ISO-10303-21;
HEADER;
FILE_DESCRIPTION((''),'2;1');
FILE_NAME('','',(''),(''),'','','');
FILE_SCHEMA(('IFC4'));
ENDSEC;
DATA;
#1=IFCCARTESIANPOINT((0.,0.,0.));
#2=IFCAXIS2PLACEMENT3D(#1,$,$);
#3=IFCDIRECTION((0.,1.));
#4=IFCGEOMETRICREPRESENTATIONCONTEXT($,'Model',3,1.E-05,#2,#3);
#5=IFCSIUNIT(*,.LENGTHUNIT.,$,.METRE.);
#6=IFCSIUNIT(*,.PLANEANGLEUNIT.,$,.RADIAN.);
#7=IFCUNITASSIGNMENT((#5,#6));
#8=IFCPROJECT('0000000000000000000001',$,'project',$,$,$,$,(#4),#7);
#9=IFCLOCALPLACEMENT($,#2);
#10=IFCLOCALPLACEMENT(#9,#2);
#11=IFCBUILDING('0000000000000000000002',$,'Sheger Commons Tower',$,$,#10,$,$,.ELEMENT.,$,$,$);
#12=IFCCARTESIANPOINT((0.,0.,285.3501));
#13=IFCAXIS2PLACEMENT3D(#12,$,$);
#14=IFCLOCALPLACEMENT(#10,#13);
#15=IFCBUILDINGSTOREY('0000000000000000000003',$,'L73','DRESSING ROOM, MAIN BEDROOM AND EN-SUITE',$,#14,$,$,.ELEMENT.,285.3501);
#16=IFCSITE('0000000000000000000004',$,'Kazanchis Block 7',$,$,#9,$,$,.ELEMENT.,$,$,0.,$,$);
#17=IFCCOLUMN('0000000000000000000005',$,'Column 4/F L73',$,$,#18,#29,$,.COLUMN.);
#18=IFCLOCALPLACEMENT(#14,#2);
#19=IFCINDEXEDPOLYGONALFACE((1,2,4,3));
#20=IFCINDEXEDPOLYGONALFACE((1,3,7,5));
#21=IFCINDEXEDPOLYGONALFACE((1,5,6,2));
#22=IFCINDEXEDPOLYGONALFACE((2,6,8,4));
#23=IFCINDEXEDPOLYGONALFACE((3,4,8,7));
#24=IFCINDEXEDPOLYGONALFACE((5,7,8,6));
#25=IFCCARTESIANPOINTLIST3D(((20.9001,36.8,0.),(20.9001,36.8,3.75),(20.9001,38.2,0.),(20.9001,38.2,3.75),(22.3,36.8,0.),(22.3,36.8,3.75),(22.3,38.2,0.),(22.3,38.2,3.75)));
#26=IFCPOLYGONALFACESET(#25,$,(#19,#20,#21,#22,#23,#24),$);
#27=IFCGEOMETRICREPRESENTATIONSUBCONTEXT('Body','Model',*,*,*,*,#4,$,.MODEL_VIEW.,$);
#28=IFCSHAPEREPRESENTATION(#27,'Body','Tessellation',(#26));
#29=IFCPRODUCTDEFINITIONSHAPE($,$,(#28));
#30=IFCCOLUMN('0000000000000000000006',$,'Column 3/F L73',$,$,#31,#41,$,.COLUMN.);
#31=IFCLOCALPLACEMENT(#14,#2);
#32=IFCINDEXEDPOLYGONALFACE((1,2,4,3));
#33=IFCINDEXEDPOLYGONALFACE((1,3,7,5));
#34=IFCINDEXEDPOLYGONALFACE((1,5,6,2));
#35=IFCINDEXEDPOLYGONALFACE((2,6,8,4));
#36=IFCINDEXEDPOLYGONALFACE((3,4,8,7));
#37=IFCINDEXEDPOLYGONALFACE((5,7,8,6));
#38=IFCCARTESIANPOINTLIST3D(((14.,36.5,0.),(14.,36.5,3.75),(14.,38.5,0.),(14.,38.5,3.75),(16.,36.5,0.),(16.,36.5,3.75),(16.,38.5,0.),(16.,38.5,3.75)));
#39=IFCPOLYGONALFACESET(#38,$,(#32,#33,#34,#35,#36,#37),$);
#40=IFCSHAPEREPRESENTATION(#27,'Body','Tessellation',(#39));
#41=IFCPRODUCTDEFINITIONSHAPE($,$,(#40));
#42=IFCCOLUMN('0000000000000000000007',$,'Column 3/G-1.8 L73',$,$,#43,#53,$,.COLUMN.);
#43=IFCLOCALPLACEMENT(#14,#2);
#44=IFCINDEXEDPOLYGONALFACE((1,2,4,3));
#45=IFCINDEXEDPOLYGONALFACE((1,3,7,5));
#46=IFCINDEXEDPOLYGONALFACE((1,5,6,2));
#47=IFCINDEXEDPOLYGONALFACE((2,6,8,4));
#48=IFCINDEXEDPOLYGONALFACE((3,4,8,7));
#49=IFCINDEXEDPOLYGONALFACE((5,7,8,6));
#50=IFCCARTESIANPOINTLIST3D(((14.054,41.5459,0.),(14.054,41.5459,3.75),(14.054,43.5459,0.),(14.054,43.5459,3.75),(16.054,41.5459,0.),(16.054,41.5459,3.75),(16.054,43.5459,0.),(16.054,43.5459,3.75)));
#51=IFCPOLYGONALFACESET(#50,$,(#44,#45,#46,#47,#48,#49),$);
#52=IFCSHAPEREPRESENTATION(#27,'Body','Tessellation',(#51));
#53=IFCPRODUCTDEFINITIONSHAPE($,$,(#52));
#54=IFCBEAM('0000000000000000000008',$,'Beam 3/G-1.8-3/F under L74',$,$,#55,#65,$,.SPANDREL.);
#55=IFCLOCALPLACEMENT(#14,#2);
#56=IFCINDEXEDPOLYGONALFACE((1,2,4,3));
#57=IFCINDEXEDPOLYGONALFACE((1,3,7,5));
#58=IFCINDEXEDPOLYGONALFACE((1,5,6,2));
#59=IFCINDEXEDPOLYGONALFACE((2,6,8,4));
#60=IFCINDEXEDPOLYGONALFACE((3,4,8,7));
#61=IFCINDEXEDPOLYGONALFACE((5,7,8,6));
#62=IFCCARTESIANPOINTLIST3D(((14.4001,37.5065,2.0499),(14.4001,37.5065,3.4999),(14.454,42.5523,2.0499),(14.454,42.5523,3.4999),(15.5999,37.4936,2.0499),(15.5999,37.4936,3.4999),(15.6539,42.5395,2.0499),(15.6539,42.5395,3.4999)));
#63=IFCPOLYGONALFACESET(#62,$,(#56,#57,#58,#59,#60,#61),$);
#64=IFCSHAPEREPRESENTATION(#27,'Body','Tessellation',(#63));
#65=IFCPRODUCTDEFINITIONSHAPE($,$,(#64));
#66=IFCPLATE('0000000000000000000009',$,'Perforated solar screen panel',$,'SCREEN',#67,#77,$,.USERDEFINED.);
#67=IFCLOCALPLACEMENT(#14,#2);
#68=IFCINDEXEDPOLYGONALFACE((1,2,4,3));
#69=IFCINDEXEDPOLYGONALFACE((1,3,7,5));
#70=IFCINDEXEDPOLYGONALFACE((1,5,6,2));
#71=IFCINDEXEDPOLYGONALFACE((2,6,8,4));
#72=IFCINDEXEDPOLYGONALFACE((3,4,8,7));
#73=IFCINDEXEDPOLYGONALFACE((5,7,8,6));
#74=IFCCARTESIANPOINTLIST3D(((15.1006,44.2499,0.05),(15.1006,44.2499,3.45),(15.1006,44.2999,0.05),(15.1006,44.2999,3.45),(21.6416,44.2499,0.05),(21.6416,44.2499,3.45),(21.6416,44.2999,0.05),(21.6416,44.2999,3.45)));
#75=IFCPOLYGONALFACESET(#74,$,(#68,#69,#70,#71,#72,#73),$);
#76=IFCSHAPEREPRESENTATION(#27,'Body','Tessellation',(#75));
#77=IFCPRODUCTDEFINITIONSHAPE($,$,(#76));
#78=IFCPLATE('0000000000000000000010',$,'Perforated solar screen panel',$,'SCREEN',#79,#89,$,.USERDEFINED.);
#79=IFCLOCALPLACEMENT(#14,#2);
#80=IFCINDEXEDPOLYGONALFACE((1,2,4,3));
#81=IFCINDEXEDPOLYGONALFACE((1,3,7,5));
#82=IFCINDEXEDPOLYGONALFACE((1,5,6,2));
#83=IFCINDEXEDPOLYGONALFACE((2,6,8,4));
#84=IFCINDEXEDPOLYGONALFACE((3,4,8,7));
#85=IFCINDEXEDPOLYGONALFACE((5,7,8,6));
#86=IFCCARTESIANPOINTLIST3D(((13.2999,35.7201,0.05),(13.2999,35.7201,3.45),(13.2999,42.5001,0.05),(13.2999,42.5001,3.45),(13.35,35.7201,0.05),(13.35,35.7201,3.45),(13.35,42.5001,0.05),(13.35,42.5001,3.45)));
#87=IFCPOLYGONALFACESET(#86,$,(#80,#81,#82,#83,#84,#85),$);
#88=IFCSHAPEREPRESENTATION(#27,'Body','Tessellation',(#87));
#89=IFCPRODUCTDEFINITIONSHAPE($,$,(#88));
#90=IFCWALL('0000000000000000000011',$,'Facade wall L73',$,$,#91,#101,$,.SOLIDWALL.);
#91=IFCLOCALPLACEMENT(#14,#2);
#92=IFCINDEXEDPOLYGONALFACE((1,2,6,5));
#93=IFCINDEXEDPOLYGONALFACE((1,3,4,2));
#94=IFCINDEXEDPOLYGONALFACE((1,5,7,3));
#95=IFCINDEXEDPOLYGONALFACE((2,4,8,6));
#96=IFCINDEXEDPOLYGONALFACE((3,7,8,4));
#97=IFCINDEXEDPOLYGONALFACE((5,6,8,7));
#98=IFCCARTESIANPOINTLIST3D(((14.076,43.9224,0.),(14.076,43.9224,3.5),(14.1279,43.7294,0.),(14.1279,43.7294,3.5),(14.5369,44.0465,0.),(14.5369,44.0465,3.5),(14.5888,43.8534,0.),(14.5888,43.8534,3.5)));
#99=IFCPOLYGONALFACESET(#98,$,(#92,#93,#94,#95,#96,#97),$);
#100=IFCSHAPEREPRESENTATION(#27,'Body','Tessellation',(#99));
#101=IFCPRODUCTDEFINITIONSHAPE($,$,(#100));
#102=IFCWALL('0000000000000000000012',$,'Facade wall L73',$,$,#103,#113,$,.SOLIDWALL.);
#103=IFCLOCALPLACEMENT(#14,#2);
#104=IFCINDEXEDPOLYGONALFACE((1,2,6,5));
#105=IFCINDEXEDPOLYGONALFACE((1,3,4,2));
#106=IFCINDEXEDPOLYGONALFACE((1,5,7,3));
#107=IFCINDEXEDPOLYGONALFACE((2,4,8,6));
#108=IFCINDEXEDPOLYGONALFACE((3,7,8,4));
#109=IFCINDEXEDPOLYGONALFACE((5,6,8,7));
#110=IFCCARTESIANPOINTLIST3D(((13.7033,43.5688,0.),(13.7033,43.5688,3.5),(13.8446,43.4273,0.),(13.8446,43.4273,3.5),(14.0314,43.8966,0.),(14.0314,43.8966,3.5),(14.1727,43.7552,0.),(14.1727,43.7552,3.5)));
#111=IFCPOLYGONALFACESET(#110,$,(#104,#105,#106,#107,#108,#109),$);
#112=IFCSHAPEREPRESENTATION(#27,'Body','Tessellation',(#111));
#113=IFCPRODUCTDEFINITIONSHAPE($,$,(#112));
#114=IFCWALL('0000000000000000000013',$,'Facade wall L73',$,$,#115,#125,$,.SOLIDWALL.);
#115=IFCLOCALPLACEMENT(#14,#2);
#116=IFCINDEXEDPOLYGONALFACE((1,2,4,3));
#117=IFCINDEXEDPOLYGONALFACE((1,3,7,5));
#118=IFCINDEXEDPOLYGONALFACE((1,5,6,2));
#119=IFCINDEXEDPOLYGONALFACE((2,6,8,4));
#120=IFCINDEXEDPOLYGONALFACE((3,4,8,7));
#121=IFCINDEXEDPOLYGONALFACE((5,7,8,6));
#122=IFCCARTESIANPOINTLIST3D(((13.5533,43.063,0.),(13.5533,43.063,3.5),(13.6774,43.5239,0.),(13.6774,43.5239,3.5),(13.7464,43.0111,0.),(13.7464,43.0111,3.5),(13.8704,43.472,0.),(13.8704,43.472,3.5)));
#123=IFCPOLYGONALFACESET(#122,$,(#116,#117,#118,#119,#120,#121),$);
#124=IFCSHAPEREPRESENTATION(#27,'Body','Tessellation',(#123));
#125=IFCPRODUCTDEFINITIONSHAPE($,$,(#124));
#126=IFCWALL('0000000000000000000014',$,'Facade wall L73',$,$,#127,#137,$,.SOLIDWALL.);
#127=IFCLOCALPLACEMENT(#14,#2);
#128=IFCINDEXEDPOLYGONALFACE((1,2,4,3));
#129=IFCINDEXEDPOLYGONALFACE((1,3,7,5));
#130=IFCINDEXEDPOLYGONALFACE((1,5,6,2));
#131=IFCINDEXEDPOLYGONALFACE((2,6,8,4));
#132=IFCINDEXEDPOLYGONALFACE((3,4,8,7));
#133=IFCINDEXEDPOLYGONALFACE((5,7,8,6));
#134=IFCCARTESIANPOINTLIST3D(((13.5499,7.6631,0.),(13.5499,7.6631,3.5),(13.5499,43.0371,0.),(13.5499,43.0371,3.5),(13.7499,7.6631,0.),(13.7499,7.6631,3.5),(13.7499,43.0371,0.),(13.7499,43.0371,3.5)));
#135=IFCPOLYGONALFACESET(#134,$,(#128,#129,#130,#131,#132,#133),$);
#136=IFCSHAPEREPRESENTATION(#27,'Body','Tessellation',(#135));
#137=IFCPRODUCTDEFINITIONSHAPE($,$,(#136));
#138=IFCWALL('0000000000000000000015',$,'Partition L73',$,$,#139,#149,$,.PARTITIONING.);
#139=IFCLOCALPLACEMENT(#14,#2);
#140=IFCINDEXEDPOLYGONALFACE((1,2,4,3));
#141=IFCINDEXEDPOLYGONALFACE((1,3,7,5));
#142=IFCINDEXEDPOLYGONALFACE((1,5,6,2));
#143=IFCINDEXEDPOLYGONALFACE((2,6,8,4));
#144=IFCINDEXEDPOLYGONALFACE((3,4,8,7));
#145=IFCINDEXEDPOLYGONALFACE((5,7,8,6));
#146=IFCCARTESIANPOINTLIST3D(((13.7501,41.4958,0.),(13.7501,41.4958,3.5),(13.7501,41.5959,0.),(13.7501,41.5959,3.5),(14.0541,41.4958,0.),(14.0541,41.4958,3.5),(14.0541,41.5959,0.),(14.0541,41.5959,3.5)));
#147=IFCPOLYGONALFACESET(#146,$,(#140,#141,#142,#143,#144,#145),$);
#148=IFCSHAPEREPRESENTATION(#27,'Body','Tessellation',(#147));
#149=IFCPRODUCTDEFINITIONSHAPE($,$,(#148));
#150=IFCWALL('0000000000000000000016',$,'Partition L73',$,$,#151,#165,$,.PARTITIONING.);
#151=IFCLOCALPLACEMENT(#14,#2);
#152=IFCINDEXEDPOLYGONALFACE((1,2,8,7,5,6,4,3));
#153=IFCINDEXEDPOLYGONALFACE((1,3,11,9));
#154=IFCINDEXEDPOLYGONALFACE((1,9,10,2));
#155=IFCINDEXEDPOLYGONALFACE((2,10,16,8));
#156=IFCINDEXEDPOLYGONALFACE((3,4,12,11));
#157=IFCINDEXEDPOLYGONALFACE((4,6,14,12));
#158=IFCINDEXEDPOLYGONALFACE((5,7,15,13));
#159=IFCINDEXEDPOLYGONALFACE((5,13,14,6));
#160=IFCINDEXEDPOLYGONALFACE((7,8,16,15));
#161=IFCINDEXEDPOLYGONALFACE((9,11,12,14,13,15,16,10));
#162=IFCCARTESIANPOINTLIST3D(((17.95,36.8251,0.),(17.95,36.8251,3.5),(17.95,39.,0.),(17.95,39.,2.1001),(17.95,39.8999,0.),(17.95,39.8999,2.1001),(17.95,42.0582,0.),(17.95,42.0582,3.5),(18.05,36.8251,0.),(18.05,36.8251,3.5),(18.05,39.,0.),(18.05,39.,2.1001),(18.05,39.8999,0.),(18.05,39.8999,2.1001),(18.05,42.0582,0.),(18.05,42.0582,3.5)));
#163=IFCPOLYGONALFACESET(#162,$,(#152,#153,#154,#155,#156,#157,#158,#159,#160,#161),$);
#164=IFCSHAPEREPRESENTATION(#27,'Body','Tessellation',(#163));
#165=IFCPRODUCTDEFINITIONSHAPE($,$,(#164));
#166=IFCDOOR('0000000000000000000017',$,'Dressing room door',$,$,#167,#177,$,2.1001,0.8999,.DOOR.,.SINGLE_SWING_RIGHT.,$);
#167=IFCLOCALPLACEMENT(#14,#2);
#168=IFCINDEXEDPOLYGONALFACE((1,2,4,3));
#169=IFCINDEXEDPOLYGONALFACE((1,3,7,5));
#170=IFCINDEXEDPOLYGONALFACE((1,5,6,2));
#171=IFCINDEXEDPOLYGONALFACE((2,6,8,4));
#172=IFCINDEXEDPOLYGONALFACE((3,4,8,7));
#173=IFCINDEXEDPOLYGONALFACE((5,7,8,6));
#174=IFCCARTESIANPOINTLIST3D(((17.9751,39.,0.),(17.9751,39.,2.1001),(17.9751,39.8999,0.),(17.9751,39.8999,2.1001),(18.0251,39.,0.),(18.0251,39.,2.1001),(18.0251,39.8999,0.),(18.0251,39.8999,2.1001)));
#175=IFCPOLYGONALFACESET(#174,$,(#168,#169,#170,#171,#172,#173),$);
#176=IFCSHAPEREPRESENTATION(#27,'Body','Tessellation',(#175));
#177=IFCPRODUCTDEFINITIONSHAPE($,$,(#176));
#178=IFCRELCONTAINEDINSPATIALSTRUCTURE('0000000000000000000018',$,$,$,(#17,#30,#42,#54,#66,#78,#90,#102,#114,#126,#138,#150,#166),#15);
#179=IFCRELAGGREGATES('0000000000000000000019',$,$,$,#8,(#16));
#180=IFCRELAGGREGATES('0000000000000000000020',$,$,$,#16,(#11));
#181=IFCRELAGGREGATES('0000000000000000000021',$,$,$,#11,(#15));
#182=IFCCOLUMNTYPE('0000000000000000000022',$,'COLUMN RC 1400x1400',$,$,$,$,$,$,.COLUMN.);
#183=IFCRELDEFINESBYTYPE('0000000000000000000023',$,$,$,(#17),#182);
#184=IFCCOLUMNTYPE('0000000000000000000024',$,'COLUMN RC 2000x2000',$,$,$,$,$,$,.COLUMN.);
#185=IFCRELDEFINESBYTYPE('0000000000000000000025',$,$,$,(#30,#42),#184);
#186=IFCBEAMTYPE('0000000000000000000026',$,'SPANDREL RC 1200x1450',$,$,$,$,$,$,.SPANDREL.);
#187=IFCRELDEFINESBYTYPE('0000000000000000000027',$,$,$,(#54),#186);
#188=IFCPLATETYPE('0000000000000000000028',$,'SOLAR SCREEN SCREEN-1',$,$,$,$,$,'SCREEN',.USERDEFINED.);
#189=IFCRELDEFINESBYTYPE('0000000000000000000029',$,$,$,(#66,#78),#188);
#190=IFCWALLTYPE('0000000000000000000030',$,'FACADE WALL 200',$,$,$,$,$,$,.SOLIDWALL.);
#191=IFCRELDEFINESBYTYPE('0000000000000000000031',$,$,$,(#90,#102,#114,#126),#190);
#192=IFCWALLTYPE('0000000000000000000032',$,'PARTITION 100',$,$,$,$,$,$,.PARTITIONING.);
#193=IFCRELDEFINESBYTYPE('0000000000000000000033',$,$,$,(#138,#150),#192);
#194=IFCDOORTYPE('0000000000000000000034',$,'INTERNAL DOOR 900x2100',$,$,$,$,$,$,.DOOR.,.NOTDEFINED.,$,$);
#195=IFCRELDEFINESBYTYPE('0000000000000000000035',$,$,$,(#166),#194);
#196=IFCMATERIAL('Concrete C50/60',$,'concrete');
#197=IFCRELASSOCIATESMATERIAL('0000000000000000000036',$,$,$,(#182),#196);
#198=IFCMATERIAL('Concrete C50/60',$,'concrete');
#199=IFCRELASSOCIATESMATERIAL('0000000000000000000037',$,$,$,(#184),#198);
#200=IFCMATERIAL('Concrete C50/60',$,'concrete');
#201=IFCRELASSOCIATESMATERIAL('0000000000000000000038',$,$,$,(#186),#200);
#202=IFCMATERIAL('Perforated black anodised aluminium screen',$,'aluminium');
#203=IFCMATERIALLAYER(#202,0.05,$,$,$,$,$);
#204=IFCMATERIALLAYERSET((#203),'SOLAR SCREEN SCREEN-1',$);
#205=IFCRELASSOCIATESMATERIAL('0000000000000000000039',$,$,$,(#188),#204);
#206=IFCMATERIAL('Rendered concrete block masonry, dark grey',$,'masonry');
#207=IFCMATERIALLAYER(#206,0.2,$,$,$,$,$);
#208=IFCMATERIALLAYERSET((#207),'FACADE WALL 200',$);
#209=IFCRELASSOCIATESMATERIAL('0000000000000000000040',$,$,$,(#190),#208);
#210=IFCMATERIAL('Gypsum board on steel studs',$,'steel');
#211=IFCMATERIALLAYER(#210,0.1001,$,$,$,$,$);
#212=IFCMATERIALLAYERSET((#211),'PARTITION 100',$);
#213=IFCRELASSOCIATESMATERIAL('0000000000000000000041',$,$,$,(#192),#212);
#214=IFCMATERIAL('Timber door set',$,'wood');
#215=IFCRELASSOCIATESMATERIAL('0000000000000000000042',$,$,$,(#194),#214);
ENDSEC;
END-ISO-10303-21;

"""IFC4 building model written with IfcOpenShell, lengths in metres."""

from ifc_helpers import new_model, si_unit, direction, frame, frame_2d, origin, origin_2d, place, context, subcontext, project, spatial, rectangle, extrude, material, layer, layer_set, material_profile, profile_set, type_object, element, fill, save


model = new_model("IFC4")

# Units and contexts
model_context = context("Model", 3, precision=1e-05, world=origin(), true_north=direction((0.0, 1.0)))
body_context = subcontext(model_context, "Body", "Model", "MODEL_VIEW")
ifc_project = project(units=[si_unit("LENGTHUNIT", "METRE"), si_unit("PLANEANGLEUNIT", "RADIAN")], contexts=[model_context])

# Site, building, storey
site_placement = place(None, origin())
site = spatial("IfcSite", under=ifc_project, at=site_placement, Name="Kazanchis Block 7", CompositionType="ELEMENT", RefElevation=0.0)
building_placement = place(site_placement, origin())
building = spatial("IfcBuilding", under=site, at=building_placement, Name="Sheger Commons Tower", CompositionType="ELEMENT")
storey_placement = place(building_placement, frame((0.0, 0.0, 285.3501)))
storey = spatial("IfcBuildingStorey", under=building, at=storey_placement, Name="L73", Description="DRESSING ROOM, MAIN BEDROOM AND EN-SUITE", CompositionType="ELEMENT", Elevation=285.3501)

# Columns
ifc_material_1 = material(Name="Concrete C50/60", Category="concrete")
ifc_material_profile_1 = material_profile(ifc_material_1, rectangle(XDim=1.3999, YDim=1.3999, at=origin_2d()), Name="RC 1400x1400")
ifc_profile_set_1 = profile_set([ifc_material_profile_1], Name="Concrete C50/60")
column_type_1 = type_object("IfcColumnType", Name="COLUMN RC 1400x1400", PredefinedType="COLUMN", material=ifc_profile_set_1)
column_placement = place(storey_placement, frame((21.6001, 37.5, 0.0), z_axis=(0.0, 0.0, 1.0), x_axis=(1.0, 0.0, 0.0)))
element("IfcColumn", 1, at=column_placement, inside=storey, type_object=column_type_1, Name="Column 4/F L73", PredefinedType="COLUMN", context=body_context, shape_type="SweptSolid", body=[
    extrude(rectangle(XDim=1.3999, YDim=1.3999, at=origin_2d()), origin(), (0.0, 0.0, 1.0), 3.75),
])
ifc_material_2 = material(Name="Concrete C50/60", Category="concrete")
ifc_material_profile_2 = material_profile(ifc_material_2, rectangle(XDim=2.0, YDim=2.0, at=origin_2d()), Name="RC 2000x2000")
ifc_profile_set_2 = profile_set([ifc_material_profile_2], Name="Concrete C50/60")
column_type_2 = type_object("IfcColumnType", Name="COLUMN RC 2000x2000", PredefinedType="COLUMN", material=ifc_profile_set_2)
for number, where, z_axis, x_axis, name in (
    (2, (15.0, 37.5, 0.0), (0.0, 0.0, 1.0), (1.0, 0.0, 0.0), "Column 3/F L73"),
    (3, (15.054, 42.5459, 0.0), (0.0, 0.0, 1.0), (1.0, 0.0, 0.0), "Column 3/G-1.8 L73"),
):
    element("IfcColumn", number, at=place(storey_placement, frame(where, z_axis=z_axis, x_axis=x_axis)), inside=storey, type_object=column_type_2, Name=name, PredefinedType="COLUMN", context=body_context, shape_type="SweptSolid", body=[
        extrude(rectangle(XDim=2.0, YDim=2.0, at=origin_2d()), origin(), (0.0, 0.0, 1.0), 3.75),
    ])

# Beam
ifc_material_3 = material(Name="Concrete C50/60", Category="concrete")
ifc_material_profile_3 = material_profile(ifc_material_3, rectangle(XDim=1.2, YDim=1.45, at=origin_2d()), Name="RC 1200x1450")
ifc_profile_set_3 = profile_set([ifc_material_profile_3], Name="Concrete C50/60")
beam_type = type_object("IfcBeamType", Name="SPANDREL RC 1200x1450", PredefinedType="SPANDREL", material=ifc_profile_set_3)
beam_placement = place(storey_placement, frame((15.054, 42.5459, 2.7749), z_axis=(-0.010692, -0.999943, 0.0), x_axis=(0.999943, -0.010692, 0.0)))
element("IfcBeam", 4, at=beam_placement, inside=storey, type_object=beam_type, Name="Beam 3/G-1.8-3/F under L74", PredefinedType="SPANDREL", context=body_context, shape_type="SweptSolid", body=[
    extrude(rectangle(XDim=1.2, YDim=1.45, at=origin_2d()), origin(), (0.0, 0.0, 1.0), 5.0461),
])

# Plates
ifc_material_4 = material(Name="Perforated black anodised aluminium screen", Category="aluminium")
ifc_layer_1 = layer(ifc_material_4, 0.05)
ifc_layer_set_1 = layer_set([ifc_layer_1], Name="SOLAR SCREEN SCREEN-1")
plate_type = type_object("IfcPlateType", Name="SOLAR SCREEN SCREEN-1", ElementType="SCREEN", PredefinedType="USERDEFINED", material=ifc_layer_set_1)
plate_1_placement = place(storey_placement, frame((18.3711, 44.2749, 0.05), z_axis=(0.0, 0.0, 1.0), x_axis=(-1.0, 0.0, 0.0)))
element("IfcPlate", 5, at=plate_1_placement, inside=storey, type_object=plate_type, Name="Perforated solar screen panel", ObjectType="SCREEN", PredefinedType="USERDEFINED", context=body_context, shape_type="SweptSolid", body=[
    extrude(rectangle(XDim=6.541, YDim=0.05, at=origin_2d()), origin(), (0.0, 0.0, 1.0), 3.3999),
])
plate_2_placement = place(storey_placement, frame((13.325, 39.1101, 0.05), z_axis=(0.0, 0.0, 1.0), x_axis=(0.0, -1.0, 0.0)))
element("IfcPlate", 6, at=plate_2_placement, inside=storey, type_object=plate_type, Name="Perforated solar screen panel", ObjectType="SCREEN", PredefinedType="USERDEFINED", context=body_context, shape_type="SweptSolid", body=[
    extrude(rectangle(XDim=6.78, YDim=0.05, at=origin_2d()), origin(), (0.0, 0.0, 1.0), 3.3999),
])

# Walls
ifc_material_5 = material(Name="Rendered concrete block masonry, dark grey", Category="masonry")
ifc_layer_2 = layer(ifc_material_5, 0.2)
ifc_layer_set_2 = layer_set([ifc_layer_2], Name="FACADE WALL 200")
wall_type_1 = type_object("IfcWallType", Name="FACADE WALL 200", PredefinedType="SOLIDWALL", material=ifc_layer_set_2)
wall_1_placement = place(storey_placement, frame((14.563, 43.95, 0.0), z_axis=(0.0, 0.0, 1.0), x_axis=(-0.965655, -0.259827, 0.0)))
element("IfcWall", 7, at=wall_1_placement, inside=storey, type_object=wall_type_1, Name="Facade wall L73", PredefinedType="SOLIDWALL", context=body_context, shape_type="SweptSolid", body=[
    extrude(rectangle(XDim=0.4773, YDim=0.2, at=frame_2d((0.2388, 0.0))), origin(), (0.0, 0.0, 1.0), 3.5),
])
wall_2_placement = place(storey_placement, frame((14.1021, 43.8259, 0.0), z_axis=(0.0, 0.0, 1.0), x_axis=(-0.70737, -0.706844, 0.0)))
element("IfcWall", 8, at=wall_2_placement, inside=storey, type_object=wall_type_1, Name="Facade wall L73", PredefinedType="SOLIDWALL", context=body_context, shape_type="SweptSolid", body=[
    extrude(rectangle(XDim=0.4639, YDim=0.2, at=frame_2d((0.2319, 0.0))), origin(), (0.0, 0.0, 1.0), 3.5),
])
wall_3_placement = place(storey_placement, frame((13.7739, 43.498, 0.0), z_axis=(0.0, 0.0, 1.0), x_axis=(-0.259827, -0.965655, 0.0)))
element("IfcWall", 9, at=wall_3_placement, inside=storey, type_object=wall_type_1, Name="Facade wall L73", PredefinedType="SOLIDWALL", context=body_context, shape_type="SweptSolid", body=[
    extrude(rectangle(XDim=0.4773, YDim=0.2, at=frame_2d((0.2388, 0.0))), origin(), (0.0, 0.0, 1.0), 3.5),
])
wall_4_placement = place(storey_placement, frame((13.6499, 43.0371, 0.0), z_axis=(0.0, 0.0, 1.0), x_axis=(0.0, -1.0, 0.0)))
element("IfcWall", 10, at=wall_4_placement, inside=storey, type_object=wall_type_1, Name="Facade wall L73", PredefinedType="SOLIDWALL", context=body_context, shape_type="SweptSolid", body=[
    extrude(rectangle(XDim=35.374, YDim=0.2, at=frame_2d((17.687, 0.0))), origin(), (0.0, 0.0, 1.0), 3.5),
])
ifc_material_6 = material(Name="Gypsum board on steel studs", Category="steel")
ifc_layer_3 = layer(ifc_material_6, 0.1001)
ifc_layer_set_3 = layer_set([ifc_layer_3], Name="PARTITION 100")
wall_type_2 = type_object("IfcWallType", Name="PARTITION 100", PredefinedType="PARTITIONING", material=ifc_layer_set_3)
wall_5_placement = place(storey_placement, frame((14.054, 41.5459, 0.0), z_axis=(0.0, 0.0, 1.0), x_axis=(-1.0, 0.0, 0.0)))
element("IfcWall", 11, at=wall_5_placement, inside=storey, type_object=wall_type_2, Name="Partition L73", PredefinedType="PARTITIONING", context=body_context, shape_type="SweptSolid", body=[
    extrude(rectangle(XDim=0.304, YDim=0.1001, at=frame_2d((0.1519, 0.0))), origin(), (0.0, 0.0, 1.0), 3.5),
])

# Wall, opening, door
wall_6_placement = place(storey_placement, frame((18.0, 36.825, 0.0), z_axis=(0.0, 0.0, 1.0), x_axis=(0.0, 1.0, 0.0)))
wall_6 = element("IfcWall", 12, at=wall_6_placement, inside=storey, type_object=wall_type_2, Name="Partition L73", PredefinedType="PARTITIONING", context=body_context, shape_type="SweptSolid", body=[
    extrude(rectangle(XDim=5.2332, YDim=0.1001, at=frame_2d((2.6167, 0.0))), origin(), (0.0, 0.0, 1.0), 3.5),
])
opening_1_placement = place(wall_6_placement, frame((2.175, 0.0, 0.0)))
opening_1 = element("IfcOpeningElement", 13, at=opening_1_placement, cuts=wall_6, PredefinedType="OPENING", context=body_context, shape_type="SweptSolid", body=[
    extrude(rectangle(XDim=0.8999, YDim=2.1001, at=frame_2d((0.45, 1.05))), frame((0.0, 0.0601, 0.0), z_axis=(0.0, -1.0, 0.0), x_axis=(1.0, 0.0, 0.0)), (0.0, 0.0, 1.0), 0.1201),
])
ifc_material_7 = material(Name="Timber door set", Category="wood")
door_type = type_object("IfcDoorType", Name="INTERNAL DOOR 900x2100", OperationType="NOTDEFINED", PredefinedType="DOOR", material=ifc_material_7)
door_1_placement = place(opening_1_placement, origin())
door_1 = element("IfcDoor", 14, at=door_1_placement, inside=storey, type_object=door_type, Name="Dressing room door", OperationType="SINGLE_SWING_RIGHT", OverallHeight=2.1001, OverallWidth=0.8999, PredefinedType="DOOR", context=body_context, shape_type="SweptSolid", body=[
    extrude(rectangle(XDim=0.8999, YDim=2.1001, at=frame_2d((0.45, 1.05))), frame((0.0, 0.0249, 0.0), z_axis=(0.0, -1.0, 0.0), x_axis=(1.0, 0.0, 0.0)), (0.0, 0.0, 1.0), 0.05),
])
fill(opening_1, door_1)

save(model, "model.ifc")
